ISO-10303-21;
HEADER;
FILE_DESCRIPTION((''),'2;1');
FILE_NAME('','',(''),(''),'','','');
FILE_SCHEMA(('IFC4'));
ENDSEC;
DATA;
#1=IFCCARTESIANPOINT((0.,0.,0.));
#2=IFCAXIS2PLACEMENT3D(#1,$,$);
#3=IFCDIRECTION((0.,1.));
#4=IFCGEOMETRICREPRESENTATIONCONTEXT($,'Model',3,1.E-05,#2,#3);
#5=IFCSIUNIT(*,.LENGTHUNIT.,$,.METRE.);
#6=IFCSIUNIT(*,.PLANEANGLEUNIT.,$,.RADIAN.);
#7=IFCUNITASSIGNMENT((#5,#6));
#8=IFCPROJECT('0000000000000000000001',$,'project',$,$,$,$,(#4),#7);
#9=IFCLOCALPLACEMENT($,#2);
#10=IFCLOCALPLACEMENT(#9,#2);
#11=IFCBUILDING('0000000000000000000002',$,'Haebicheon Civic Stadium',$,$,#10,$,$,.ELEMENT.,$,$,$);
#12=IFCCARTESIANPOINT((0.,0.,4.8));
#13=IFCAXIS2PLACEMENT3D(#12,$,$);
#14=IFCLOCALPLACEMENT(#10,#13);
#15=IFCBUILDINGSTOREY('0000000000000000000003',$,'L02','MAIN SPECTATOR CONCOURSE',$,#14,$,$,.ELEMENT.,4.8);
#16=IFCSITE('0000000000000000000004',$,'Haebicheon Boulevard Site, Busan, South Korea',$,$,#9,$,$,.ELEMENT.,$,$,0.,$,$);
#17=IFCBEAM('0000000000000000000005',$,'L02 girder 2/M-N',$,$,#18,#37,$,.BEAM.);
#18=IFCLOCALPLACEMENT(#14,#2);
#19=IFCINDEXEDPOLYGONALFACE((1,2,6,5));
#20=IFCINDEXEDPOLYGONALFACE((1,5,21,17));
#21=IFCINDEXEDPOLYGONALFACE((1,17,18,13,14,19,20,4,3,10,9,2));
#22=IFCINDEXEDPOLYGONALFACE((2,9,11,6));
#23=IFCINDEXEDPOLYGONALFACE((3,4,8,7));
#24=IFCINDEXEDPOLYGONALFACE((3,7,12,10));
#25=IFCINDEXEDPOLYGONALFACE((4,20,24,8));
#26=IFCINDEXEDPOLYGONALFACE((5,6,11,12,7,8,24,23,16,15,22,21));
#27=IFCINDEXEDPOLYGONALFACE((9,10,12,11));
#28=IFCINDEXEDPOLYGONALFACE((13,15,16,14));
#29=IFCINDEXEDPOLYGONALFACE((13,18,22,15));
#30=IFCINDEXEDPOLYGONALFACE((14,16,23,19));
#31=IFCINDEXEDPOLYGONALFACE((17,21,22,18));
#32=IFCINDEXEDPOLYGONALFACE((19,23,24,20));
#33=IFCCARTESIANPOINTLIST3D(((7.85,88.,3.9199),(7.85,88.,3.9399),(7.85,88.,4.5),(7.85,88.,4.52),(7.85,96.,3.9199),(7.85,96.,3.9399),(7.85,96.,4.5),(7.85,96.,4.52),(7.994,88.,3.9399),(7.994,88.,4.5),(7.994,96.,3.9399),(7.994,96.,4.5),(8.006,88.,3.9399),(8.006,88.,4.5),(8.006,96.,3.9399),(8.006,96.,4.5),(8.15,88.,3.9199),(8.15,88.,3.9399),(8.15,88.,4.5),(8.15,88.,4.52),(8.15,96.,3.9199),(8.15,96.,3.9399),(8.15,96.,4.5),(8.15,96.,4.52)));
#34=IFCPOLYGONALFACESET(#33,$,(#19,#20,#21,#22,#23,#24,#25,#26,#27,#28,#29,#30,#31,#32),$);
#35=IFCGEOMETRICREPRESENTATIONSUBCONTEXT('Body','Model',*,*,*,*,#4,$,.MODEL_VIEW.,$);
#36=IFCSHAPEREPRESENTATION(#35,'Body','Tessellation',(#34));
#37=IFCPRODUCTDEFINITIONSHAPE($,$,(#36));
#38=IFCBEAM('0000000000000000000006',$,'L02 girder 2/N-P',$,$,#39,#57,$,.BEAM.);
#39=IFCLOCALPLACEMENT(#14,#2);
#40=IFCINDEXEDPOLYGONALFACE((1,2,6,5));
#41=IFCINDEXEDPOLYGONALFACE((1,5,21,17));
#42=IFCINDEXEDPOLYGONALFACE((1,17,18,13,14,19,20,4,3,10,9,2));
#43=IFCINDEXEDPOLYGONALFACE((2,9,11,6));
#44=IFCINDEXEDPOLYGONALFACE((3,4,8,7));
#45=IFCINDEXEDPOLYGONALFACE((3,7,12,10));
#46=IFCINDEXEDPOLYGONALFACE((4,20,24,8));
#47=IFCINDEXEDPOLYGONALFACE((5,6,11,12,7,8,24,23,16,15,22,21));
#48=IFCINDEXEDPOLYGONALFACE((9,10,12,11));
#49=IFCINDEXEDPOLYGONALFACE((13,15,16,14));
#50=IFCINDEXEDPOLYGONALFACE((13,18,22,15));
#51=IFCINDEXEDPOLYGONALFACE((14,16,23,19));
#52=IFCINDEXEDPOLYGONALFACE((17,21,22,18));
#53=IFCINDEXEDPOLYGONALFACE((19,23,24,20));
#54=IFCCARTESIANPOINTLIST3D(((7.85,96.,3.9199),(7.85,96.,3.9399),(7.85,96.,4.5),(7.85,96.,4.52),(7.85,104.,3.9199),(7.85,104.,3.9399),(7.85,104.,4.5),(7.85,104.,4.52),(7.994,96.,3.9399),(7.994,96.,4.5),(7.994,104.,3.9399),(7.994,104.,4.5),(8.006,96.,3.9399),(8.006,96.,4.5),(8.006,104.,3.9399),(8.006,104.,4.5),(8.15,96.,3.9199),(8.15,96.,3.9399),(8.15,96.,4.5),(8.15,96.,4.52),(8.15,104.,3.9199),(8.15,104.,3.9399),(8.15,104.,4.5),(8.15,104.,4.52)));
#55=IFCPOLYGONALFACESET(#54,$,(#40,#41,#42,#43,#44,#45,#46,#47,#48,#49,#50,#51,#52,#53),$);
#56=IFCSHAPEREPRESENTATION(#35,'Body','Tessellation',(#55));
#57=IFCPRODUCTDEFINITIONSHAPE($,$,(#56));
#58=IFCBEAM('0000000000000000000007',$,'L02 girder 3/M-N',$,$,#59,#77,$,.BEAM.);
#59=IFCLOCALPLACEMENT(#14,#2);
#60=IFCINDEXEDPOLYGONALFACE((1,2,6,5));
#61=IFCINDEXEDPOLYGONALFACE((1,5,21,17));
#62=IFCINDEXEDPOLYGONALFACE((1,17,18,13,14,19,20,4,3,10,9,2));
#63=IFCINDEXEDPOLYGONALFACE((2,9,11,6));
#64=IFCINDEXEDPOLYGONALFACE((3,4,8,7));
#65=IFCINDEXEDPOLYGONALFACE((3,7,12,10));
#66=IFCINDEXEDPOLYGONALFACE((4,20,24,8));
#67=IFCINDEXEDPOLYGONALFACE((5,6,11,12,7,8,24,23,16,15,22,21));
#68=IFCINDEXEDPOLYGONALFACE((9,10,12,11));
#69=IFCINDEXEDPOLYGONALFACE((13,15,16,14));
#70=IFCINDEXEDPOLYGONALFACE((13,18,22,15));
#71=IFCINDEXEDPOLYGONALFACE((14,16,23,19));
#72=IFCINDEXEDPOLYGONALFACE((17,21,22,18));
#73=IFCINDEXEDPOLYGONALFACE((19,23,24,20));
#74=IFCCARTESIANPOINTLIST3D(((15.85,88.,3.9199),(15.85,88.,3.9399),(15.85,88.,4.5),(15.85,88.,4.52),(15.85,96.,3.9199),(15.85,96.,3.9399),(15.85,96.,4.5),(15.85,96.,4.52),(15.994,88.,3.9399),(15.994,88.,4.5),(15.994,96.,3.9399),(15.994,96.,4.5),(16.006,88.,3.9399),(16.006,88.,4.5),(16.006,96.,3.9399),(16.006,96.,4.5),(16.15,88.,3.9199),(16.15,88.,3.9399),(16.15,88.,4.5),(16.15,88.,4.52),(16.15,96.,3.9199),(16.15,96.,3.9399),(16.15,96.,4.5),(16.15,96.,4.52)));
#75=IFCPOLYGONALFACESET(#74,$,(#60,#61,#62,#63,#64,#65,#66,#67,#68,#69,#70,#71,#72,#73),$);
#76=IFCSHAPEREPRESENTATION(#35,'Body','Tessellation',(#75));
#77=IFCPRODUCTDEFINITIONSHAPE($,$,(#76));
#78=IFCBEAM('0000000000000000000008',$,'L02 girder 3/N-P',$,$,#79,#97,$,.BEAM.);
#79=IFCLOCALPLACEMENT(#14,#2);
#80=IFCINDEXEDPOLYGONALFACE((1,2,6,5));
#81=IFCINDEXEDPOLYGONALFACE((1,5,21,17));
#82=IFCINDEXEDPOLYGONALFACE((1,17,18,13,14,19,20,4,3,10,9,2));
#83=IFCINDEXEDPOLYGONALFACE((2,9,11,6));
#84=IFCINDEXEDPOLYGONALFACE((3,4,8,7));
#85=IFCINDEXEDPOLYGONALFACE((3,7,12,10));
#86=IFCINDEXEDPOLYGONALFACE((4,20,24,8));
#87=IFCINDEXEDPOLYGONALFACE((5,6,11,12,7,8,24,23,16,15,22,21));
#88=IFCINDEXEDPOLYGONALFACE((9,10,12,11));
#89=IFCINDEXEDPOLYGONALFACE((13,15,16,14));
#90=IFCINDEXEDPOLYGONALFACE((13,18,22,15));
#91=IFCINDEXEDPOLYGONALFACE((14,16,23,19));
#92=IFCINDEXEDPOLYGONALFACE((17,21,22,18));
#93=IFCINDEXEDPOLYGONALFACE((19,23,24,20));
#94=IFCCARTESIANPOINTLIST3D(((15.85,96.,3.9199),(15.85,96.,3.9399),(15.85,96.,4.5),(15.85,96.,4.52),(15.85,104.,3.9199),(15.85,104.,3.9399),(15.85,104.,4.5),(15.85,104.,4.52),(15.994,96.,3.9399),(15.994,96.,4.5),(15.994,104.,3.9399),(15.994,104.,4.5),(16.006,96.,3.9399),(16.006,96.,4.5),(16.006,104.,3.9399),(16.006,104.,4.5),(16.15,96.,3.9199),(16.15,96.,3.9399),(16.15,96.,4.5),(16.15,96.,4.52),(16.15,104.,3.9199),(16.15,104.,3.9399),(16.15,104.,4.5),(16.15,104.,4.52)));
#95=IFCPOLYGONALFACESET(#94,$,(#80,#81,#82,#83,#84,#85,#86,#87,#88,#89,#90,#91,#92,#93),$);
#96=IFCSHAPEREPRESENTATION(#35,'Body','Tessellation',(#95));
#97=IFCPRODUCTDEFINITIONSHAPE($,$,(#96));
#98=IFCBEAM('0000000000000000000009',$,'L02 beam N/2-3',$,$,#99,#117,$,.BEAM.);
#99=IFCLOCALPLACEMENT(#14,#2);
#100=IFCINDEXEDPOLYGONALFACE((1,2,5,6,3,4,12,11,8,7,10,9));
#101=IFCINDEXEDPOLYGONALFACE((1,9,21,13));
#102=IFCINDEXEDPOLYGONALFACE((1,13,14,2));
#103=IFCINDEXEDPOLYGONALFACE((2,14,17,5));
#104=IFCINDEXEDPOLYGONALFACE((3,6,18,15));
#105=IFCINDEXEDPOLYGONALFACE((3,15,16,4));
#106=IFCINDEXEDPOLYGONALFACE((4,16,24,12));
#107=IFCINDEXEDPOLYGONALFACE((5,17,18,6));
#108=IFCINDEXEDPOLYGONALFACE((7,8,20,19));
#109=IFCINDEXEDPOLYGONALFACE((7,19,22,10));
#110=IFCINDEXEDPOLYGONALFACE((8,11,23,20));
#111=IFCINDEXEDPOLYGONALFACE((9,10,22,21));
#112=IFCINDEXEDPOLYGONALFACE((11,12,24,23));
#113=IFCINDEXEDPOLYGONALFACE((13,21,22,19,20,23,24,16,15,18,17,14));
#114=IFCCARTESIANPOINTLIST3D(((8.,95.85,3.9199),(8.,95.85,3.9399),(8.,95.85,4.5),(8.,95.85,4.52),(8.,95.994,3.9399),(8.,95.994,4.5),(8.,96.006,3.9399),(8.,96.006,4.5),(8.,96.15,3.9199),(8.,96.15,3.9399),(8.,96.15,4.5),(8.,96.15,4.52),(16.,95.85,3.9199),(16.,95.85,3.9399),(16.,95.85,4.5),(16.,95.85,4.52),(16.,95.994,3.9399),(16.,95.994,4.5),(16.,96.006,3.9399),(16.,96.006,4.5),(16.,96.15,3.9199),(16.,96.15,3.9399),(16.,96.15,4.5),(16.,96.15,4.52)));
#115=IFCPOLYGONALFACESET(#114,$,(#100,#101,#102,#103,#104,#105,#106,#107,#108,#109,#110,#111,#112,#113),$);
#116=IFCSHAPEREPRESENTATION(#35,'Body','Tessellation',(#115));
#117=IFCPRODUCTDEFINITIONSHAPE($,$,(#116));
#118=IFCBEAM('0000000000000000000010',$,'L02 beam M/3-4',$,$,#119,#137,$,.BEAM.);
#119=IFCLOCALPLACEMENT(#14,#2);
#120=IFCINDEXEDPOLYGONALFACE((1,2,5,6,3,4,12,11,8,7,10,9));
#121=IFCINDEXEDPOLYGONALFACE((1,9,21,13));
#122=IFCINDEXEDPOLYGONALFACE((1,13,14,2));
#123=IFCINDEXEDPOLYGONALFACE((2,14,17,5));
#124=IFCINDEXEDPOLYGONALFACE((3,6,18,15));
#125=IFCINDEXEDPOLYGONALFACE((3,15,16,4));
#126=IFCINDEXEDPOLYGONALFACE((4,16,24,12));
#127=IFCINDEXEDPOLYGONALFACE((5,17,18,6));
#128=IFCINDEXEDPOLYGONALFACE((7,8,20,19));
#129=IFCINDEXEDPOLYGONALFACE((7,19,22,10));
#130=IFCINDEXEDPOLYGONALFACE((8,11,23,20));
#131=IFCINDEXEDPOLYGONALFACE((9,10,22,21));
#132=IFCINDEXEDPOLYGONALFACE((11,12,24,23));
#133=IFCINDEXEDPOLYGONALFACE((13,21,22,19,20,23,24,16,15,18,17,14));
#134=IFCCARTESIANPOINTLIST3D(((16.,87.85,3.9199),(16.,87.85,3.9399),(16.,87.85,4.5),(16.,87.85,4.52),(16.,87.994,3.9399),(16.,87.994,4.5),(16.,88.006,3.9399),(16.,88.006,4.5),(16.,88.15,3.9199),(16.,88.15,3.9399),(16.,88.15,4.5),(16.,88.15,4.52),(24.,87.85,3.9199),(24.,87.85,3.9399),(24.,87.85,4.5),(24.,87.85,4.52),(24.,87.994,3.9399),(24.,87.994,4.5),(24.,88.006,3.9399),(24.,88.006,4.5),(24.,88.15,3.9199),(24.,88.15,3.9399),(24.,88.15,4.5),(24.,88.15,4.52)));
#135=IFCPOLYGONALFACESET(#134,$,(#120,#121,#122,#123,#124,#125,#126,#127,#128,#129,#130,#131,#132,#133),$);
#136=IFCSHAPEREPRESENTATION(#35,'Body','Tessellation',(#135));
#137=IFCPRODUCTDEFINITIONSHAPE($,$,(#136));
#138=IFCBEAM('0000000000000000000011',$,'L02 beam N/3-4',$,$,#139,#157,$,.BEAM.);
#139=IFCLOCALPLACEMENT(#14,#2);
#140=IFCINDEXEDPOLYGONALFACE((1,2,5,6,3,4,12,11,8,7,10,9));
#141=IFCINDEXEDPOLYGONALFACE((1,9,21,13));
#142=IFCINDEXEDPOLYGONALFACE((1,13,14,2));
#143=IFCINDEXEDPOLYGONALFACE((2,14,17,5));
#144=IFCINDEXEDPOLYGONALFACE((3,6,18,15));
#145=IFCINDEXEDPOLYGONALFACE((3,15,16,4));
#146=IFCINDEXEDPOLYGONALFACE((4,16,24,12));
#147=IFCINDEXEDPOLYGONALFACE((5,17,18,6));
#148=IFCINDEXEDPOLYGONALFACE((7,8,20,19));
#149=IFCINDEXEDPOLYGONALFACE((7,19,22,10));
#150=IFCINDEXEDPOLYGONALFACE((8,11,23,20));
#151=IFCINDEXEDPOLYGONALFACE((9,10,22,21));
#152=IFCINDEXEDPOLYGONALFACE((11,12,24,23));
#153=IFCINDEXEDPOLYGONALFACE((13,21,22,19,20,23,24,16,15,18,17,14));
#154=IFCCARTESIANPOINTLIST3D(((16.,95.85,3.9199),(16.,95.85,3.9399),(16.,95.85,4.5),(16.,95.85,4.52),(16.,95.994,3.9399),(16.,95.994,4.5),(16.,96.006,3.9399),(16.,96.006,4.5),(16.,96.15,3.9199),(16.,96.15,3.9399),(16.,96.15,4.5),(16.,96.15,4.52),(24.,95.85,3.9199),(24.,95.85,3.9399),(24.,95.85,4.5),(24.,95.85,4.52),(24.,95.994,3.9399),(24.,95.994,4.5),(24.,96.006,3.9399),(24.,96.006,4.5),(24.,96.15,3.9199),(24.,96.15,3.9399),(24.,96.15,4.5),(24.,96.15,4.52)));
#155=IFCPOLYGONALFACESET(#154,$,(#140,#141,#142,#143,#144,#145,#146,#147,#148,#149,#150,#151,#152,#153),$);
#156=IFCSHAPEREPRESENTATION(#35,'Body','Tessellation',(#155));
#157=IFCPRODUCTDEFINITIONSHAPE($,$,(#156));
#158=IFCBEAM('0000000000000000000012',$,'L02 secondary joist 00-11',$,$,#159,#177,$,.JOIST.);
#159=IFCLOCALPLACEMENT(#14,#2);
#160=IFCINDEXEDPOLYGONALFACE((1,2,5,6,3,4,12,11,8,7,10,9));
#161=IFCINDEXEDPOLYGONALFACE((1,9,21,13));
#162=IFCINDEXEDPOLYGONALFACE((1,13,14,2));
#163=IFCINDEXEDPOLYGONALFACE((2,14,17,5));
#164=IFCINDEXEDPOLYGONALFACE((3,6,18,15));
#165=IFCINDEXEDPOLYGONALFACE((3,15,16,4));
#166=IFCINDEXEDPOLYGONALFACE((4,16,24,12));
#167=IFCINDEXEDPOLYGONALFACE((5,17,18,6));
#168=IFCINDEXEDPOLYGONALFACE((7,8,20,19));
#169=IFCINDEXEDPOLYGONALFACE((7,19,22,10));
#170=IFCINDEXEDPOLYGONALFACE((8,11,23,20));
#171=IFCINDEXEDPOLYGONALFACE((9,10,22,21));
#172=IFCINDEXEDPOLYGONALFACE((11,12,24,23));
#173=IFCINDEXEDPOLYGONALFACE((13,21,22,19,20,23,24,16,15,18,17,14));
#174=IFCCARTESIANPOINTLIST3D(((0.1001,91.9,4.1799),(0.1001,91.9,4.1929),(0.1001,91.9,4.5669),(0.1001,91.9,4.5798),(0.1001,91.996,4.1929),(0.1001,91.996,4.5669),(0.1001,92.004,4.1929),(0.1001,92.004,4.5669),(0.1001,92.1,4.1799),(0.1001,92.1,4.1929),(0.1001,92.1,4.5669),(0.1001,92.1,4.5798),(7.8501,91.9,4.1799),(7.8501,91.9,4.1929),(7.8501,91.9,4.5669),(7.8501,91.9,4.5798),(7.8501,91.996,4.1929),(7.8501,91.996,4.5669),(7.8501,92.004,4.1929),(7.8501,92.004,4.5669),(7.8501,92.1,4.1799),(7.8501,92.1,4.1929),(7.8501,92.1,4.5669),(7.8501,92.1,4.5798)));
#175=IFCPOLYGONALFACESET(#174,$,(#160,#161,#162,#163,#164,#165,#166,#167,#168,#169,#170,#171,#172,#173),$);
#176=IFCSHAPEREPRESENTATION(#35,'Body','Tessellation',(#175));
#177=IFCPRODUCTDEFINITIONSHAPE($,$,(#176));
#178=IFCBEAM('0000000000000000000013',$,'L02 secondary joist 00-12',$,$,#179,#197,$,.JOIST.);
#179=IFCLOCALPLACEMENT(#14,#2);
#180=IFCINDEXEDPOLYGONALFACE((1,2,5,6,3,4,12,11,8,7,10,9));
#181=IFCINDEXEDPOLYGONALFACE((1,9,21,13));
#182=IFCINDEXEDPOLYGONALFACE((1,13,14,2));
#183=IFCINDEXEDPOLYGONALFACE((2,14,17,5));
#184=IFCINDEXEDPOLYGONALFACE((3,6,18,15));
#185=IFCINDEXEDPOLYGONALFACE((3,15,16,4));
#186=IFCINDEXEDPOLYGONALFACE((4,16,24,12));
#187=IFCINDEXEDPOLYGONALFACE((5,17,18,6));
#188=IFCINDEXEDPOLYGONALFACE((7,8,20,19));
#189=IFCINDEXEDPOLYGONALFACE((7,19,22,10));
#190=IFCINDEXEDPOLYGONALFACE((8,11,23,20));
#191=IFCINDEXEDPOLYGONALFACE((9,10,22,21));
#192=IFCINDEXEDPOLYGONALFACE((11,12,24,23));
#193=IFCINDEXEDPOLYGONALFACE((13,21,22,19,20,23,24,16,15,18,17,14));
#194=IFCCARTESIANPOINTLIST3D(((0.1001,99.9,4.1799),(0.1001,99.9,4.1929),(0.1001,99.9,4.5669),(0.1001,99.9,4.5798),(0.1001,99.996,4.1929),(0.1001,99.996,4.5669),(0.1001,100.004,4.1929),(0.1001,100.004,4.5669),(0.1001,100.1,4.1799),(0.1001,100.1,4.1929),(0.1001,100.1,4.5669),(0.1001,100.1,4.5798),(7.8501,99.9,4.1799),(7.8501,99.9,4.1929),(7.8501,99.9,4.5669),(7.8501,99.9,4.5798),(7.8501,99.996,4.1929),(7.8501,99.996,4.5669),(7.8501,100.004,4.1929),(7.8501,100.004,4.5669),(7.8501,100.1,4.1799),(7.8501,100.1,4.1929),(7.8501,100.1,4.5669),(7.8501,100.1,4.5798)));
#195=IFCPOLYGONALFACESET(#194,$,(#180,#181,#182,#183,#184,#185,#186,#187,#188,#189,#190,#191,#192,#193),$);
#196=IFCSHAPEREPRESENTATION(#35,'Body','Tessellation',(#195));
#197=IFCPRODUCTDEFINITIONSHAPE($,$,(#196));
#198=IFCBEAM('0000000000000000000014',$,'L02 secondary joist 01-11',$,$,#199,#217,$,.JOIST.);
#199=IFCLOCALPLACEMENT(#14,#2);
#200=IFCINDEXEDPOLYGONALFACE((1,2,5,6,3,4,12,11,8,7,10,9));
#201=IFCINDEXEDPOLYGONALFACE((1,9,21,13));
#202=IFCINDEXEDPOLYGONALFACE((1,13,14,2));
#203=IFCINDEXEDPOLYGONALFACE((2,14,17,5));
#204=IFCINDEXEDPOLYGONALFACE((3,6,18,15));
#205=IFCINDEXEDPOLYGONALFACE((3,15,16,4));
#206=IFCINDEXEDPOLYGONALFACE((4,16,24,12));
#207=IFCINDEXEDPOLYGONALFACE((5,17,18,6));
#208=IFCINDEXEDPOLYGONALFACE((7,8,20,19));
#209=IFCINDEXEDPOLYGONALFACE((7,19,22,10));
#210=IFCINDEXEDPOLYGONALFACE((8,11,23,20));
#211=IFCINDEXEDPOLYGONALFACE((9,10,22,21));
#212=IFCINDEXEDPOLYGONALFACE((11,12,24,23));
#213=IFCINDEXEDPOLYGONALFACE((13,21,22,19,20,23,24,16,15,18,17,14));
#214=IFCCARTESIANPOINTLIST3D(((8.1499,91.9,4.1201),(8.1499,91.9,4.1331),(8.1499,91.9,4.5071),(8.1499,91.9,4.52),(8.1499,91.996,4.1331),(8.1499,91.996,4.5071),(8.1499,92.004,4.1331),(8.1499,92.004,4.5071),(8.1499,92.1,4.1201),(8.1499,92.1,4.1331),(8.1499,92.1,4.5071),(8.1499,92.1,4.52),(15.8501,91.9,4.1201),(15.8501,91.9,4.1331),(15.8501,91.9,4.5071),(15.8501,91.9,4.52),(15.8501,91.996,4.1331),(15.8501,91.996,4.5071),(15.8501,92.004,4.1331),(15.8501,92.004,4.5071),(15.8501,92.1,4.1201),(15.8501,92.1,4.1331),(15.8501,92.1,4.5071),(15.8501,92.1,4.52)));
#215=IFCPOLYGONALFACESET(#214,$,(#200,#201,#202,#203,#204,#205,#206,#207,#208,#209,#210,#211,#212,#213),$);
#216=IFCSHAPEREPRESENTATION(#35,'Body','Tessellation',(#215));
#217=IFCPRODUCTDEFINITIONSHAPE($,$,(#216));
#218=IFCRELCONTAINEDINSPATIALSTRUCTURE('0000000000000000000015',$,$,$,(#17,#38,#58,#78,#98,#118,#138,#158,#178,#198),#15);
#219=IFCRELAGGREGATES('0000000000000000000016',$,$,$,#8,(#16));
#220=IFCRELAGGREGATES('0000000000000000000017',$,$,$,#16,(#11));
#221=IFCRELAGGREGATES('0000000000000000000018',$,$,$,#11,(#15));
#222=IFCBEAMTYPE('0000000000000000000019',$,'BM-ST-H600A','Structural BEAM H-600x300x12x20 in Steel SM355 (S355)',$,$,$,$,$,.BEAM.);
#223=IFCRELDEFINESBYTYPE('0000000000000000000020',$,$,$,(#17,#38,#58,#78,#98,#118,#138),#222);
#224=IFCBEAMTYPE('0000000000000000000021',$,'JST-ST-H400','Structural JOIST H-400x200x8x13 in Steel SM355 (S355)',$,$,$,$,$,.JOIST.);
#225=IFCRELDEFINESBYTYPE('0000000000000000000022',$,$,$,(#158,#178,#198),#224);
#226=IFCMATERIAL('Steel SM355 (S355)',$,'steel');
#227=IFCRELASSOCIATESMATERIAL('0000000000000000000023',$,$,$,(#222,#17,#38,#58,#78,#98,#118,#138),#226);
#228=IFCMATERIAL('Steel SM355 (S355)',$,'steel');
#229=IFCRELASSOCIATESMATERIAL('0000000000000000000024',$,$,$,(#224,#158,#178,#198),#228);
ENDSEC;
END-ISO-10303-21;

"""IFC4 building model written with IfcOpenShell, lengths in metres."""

from ifc_helpers import new_model, si_unit, direction, frame, origin, origin_2d, place, context, subcontext, project, spatial, i_section, extrude, material, material_profile, profile_set, type_object, element, save


model = new_model("IFC4")

# Units and contexts
model_context = context("Model", 3, precision=1e-05, world=origin(), true_north=direction((0.0, 1.0)))
body_context = subcontext(model_context, "Body", "Model", "MODEL_VIEW")
ifc_project = project(units=[si_unit("LENGTHUNIT", "METRE"), si_unit("PLANEANGLEUNIT", "RADIAN")], contexts=[model_context])

# Site, building, storey
site_placement = place(None, origin())
site = spatial("IfcSite", under=ifc_project, at=site_placement, Name="Haebicheon Boulevard Site, Busan, South Korea", CompositionType="ELEMENT", RefElevation=0.0)
building_placement = place(site_placement, origin())
building = spatial("IfcBuilding", under=site, at=building_placement, Name="Haebicheon Civic Stadium", CompositionType="ELEMENT")
storey_placement = place(building_placement, frame((0.0, 0.0, 4.8)))
storey = spatial("IfcBuildingStorey", under=building, at=storey_placement, Name="L02", Description="MAIN SPECTATOR CONCOURSE", CompositionType="ELEMENT", Elevation=4.8)

# Beams
ifc_material_1 = material(Name="Steel SM355 (S355)", Category="steel")
ifc_material_profile_1 = material_profile(ifc_material_1, i_section(OverallWidth=0.3, OverallDepth=0.6001, WebThickness=0.012, FlangeThickness=0.02, at=origin_2d()), Name="H-600x300x12x20")
ifc_profile_set_1 = profile_set([ifc_material_profile_1], Name="Steel SM355 (S355)")
beam_type_1 = type_object("IfcBeamType", Name="BM-ST-H600A", Description="Structural BEAM H-600x300x12x20 in Steel SM355 (S355)", PredefinedType="BEAM", material=ifc_profile_set_1)
for number, where, z_axis, x_axis, name in (
    (1, (8.0, 88.0, 4.22), (0.0, 1.0, 0.0), (-1.0, 0.0, 0.0), "L02 girder 2/M-N"),
    (2, (8.0, 96.0, 4.22), (0.0, 1.0, 0.0), (-1.0, 0.0, 0.0), "L02 girder 2/N-P"),
    (3, (16.0, 88.0, 4.22), (0.0, 1.0, 0.0), (-1.0, 0.0, 0.0), "L02 girder 3/M-N"),
    (4, (16.0, 96.0, 4.22), (0.0, 1.0, 0.0), (-1.0, 0.0, 0.0), "L02 girder 3/N-P"),
    (5, (8.0, 96.0, 4.22), (1.0, 0.0, 0.0), (0.0, 1.0, 0.0), "L02 beam N/2-3"),
    (6, (16.0, 88.0, 4.22), (1.0, 0.0, 0.0), (0.0, 1.0, 0.0), "L02 beam M/3-4"),
    (7, (16.0, 96.0, 4.22), (1.0, 0.0, 0.0), (0.0, 1.0, 0.0), "L02 beam N/3-4"),
):
    element("IfcBeam", number, at=place(storey_placement, frame(where, z_axis=z_axis, x_axis=x_axis)), inside=storey, type_object=beam_type_1, material=ifc_profile_set_1, Name=name, PredefinedType="BEAM", context=body_context, shape_type="SweptSolid", body=[
        extrude(i_section(OverallWidth=0.3, OverallDepth=0.6001, WebThickness=0.012, FlangeThickness=0.02, at=origin_2d()), origin(), (0.0, 0.0, 1.0), 8.0),
    ])
ifc_material_2 = material(Name="Steel SM355 (S355)", Category="steel")
ifc_material_profile_2 = material_profile(ifc_material_2, i_section(OverallWidth=0.2, OverallDepth=0.3999, WebThickness=0.0081, FlangeThickness=0.0129, at=origin_2d()), Name="H-400x200x8x13")
ifc_profile_set_2 = profile_set([ifc_material_profile_2], Name="Steel SM355 (S355)")
beam_type_2 = type_object("IfcBeamType", Name="JST-ST-H400", Description="Structural JOIST H-400x200x8x13 in Steel SM355 (S355)", PredefinedType="JOIST", material=ifc_profile_set_2)
for number, where, z_axis, x_axis, name in (
    (8, (0.1001, 92.0, 4.3799), (1.0, 0.0, 0.0), (0.0, 1.0, 0.0), "L02 secondary joist 00-11"),
    (9, (0.1001, 100.0, 4.3799), (1.0, 0.0, 0.0), (0.0, 1.0, 0.0), "L02 secondary joist 00-12"),
):
    element("IfcBeam", number, at=place(storey_placement, frame(where, z_axis=z_axis, x_axis=x_axis)), inside=storey, type_object=beam_type_2, material=ifc_profile_set_2, Name=name, PredefinedType="JOIST", context=body_context, shape_type="SweptSolid", body=[
        extrude(i_section(OverallWidth=0.2, OverallDepth=0.3999, WebThickness=0.0081, FlangeThickness=0.0129, at=origin_2d()), origin(), (0.0, 0.0, 1.0), 7.75),
    ])
for number, where, z_axis, x_axis, name in (
    (10, (8.1499, 92.0, 4.3201), (1.0, 0.0, 0.0), (0.0, 1.0, 0.0), "L02 secondary joist 01-11"),
):
    element("IfcBeam", number, at=place(storey_placement, frame(where, z_axis=z_axis, x_axis=x_axis)), inside=storey, type_object=beam_type_2, material=ifc_profile_set_2, Name=name, PredefinedType="JOIST", context=body_context, shape_type="SweptSolid", body=[
        extrude(i_section(OverallWidth=0.2, OverallDepth=0.3999, WebThickness=0.0081, FlangeThickness=0.0129, at=origin_2d()), origin(), (0.0, 0.0, 1.0), 7.7002),
    ])

save(model, "model.ifc")
